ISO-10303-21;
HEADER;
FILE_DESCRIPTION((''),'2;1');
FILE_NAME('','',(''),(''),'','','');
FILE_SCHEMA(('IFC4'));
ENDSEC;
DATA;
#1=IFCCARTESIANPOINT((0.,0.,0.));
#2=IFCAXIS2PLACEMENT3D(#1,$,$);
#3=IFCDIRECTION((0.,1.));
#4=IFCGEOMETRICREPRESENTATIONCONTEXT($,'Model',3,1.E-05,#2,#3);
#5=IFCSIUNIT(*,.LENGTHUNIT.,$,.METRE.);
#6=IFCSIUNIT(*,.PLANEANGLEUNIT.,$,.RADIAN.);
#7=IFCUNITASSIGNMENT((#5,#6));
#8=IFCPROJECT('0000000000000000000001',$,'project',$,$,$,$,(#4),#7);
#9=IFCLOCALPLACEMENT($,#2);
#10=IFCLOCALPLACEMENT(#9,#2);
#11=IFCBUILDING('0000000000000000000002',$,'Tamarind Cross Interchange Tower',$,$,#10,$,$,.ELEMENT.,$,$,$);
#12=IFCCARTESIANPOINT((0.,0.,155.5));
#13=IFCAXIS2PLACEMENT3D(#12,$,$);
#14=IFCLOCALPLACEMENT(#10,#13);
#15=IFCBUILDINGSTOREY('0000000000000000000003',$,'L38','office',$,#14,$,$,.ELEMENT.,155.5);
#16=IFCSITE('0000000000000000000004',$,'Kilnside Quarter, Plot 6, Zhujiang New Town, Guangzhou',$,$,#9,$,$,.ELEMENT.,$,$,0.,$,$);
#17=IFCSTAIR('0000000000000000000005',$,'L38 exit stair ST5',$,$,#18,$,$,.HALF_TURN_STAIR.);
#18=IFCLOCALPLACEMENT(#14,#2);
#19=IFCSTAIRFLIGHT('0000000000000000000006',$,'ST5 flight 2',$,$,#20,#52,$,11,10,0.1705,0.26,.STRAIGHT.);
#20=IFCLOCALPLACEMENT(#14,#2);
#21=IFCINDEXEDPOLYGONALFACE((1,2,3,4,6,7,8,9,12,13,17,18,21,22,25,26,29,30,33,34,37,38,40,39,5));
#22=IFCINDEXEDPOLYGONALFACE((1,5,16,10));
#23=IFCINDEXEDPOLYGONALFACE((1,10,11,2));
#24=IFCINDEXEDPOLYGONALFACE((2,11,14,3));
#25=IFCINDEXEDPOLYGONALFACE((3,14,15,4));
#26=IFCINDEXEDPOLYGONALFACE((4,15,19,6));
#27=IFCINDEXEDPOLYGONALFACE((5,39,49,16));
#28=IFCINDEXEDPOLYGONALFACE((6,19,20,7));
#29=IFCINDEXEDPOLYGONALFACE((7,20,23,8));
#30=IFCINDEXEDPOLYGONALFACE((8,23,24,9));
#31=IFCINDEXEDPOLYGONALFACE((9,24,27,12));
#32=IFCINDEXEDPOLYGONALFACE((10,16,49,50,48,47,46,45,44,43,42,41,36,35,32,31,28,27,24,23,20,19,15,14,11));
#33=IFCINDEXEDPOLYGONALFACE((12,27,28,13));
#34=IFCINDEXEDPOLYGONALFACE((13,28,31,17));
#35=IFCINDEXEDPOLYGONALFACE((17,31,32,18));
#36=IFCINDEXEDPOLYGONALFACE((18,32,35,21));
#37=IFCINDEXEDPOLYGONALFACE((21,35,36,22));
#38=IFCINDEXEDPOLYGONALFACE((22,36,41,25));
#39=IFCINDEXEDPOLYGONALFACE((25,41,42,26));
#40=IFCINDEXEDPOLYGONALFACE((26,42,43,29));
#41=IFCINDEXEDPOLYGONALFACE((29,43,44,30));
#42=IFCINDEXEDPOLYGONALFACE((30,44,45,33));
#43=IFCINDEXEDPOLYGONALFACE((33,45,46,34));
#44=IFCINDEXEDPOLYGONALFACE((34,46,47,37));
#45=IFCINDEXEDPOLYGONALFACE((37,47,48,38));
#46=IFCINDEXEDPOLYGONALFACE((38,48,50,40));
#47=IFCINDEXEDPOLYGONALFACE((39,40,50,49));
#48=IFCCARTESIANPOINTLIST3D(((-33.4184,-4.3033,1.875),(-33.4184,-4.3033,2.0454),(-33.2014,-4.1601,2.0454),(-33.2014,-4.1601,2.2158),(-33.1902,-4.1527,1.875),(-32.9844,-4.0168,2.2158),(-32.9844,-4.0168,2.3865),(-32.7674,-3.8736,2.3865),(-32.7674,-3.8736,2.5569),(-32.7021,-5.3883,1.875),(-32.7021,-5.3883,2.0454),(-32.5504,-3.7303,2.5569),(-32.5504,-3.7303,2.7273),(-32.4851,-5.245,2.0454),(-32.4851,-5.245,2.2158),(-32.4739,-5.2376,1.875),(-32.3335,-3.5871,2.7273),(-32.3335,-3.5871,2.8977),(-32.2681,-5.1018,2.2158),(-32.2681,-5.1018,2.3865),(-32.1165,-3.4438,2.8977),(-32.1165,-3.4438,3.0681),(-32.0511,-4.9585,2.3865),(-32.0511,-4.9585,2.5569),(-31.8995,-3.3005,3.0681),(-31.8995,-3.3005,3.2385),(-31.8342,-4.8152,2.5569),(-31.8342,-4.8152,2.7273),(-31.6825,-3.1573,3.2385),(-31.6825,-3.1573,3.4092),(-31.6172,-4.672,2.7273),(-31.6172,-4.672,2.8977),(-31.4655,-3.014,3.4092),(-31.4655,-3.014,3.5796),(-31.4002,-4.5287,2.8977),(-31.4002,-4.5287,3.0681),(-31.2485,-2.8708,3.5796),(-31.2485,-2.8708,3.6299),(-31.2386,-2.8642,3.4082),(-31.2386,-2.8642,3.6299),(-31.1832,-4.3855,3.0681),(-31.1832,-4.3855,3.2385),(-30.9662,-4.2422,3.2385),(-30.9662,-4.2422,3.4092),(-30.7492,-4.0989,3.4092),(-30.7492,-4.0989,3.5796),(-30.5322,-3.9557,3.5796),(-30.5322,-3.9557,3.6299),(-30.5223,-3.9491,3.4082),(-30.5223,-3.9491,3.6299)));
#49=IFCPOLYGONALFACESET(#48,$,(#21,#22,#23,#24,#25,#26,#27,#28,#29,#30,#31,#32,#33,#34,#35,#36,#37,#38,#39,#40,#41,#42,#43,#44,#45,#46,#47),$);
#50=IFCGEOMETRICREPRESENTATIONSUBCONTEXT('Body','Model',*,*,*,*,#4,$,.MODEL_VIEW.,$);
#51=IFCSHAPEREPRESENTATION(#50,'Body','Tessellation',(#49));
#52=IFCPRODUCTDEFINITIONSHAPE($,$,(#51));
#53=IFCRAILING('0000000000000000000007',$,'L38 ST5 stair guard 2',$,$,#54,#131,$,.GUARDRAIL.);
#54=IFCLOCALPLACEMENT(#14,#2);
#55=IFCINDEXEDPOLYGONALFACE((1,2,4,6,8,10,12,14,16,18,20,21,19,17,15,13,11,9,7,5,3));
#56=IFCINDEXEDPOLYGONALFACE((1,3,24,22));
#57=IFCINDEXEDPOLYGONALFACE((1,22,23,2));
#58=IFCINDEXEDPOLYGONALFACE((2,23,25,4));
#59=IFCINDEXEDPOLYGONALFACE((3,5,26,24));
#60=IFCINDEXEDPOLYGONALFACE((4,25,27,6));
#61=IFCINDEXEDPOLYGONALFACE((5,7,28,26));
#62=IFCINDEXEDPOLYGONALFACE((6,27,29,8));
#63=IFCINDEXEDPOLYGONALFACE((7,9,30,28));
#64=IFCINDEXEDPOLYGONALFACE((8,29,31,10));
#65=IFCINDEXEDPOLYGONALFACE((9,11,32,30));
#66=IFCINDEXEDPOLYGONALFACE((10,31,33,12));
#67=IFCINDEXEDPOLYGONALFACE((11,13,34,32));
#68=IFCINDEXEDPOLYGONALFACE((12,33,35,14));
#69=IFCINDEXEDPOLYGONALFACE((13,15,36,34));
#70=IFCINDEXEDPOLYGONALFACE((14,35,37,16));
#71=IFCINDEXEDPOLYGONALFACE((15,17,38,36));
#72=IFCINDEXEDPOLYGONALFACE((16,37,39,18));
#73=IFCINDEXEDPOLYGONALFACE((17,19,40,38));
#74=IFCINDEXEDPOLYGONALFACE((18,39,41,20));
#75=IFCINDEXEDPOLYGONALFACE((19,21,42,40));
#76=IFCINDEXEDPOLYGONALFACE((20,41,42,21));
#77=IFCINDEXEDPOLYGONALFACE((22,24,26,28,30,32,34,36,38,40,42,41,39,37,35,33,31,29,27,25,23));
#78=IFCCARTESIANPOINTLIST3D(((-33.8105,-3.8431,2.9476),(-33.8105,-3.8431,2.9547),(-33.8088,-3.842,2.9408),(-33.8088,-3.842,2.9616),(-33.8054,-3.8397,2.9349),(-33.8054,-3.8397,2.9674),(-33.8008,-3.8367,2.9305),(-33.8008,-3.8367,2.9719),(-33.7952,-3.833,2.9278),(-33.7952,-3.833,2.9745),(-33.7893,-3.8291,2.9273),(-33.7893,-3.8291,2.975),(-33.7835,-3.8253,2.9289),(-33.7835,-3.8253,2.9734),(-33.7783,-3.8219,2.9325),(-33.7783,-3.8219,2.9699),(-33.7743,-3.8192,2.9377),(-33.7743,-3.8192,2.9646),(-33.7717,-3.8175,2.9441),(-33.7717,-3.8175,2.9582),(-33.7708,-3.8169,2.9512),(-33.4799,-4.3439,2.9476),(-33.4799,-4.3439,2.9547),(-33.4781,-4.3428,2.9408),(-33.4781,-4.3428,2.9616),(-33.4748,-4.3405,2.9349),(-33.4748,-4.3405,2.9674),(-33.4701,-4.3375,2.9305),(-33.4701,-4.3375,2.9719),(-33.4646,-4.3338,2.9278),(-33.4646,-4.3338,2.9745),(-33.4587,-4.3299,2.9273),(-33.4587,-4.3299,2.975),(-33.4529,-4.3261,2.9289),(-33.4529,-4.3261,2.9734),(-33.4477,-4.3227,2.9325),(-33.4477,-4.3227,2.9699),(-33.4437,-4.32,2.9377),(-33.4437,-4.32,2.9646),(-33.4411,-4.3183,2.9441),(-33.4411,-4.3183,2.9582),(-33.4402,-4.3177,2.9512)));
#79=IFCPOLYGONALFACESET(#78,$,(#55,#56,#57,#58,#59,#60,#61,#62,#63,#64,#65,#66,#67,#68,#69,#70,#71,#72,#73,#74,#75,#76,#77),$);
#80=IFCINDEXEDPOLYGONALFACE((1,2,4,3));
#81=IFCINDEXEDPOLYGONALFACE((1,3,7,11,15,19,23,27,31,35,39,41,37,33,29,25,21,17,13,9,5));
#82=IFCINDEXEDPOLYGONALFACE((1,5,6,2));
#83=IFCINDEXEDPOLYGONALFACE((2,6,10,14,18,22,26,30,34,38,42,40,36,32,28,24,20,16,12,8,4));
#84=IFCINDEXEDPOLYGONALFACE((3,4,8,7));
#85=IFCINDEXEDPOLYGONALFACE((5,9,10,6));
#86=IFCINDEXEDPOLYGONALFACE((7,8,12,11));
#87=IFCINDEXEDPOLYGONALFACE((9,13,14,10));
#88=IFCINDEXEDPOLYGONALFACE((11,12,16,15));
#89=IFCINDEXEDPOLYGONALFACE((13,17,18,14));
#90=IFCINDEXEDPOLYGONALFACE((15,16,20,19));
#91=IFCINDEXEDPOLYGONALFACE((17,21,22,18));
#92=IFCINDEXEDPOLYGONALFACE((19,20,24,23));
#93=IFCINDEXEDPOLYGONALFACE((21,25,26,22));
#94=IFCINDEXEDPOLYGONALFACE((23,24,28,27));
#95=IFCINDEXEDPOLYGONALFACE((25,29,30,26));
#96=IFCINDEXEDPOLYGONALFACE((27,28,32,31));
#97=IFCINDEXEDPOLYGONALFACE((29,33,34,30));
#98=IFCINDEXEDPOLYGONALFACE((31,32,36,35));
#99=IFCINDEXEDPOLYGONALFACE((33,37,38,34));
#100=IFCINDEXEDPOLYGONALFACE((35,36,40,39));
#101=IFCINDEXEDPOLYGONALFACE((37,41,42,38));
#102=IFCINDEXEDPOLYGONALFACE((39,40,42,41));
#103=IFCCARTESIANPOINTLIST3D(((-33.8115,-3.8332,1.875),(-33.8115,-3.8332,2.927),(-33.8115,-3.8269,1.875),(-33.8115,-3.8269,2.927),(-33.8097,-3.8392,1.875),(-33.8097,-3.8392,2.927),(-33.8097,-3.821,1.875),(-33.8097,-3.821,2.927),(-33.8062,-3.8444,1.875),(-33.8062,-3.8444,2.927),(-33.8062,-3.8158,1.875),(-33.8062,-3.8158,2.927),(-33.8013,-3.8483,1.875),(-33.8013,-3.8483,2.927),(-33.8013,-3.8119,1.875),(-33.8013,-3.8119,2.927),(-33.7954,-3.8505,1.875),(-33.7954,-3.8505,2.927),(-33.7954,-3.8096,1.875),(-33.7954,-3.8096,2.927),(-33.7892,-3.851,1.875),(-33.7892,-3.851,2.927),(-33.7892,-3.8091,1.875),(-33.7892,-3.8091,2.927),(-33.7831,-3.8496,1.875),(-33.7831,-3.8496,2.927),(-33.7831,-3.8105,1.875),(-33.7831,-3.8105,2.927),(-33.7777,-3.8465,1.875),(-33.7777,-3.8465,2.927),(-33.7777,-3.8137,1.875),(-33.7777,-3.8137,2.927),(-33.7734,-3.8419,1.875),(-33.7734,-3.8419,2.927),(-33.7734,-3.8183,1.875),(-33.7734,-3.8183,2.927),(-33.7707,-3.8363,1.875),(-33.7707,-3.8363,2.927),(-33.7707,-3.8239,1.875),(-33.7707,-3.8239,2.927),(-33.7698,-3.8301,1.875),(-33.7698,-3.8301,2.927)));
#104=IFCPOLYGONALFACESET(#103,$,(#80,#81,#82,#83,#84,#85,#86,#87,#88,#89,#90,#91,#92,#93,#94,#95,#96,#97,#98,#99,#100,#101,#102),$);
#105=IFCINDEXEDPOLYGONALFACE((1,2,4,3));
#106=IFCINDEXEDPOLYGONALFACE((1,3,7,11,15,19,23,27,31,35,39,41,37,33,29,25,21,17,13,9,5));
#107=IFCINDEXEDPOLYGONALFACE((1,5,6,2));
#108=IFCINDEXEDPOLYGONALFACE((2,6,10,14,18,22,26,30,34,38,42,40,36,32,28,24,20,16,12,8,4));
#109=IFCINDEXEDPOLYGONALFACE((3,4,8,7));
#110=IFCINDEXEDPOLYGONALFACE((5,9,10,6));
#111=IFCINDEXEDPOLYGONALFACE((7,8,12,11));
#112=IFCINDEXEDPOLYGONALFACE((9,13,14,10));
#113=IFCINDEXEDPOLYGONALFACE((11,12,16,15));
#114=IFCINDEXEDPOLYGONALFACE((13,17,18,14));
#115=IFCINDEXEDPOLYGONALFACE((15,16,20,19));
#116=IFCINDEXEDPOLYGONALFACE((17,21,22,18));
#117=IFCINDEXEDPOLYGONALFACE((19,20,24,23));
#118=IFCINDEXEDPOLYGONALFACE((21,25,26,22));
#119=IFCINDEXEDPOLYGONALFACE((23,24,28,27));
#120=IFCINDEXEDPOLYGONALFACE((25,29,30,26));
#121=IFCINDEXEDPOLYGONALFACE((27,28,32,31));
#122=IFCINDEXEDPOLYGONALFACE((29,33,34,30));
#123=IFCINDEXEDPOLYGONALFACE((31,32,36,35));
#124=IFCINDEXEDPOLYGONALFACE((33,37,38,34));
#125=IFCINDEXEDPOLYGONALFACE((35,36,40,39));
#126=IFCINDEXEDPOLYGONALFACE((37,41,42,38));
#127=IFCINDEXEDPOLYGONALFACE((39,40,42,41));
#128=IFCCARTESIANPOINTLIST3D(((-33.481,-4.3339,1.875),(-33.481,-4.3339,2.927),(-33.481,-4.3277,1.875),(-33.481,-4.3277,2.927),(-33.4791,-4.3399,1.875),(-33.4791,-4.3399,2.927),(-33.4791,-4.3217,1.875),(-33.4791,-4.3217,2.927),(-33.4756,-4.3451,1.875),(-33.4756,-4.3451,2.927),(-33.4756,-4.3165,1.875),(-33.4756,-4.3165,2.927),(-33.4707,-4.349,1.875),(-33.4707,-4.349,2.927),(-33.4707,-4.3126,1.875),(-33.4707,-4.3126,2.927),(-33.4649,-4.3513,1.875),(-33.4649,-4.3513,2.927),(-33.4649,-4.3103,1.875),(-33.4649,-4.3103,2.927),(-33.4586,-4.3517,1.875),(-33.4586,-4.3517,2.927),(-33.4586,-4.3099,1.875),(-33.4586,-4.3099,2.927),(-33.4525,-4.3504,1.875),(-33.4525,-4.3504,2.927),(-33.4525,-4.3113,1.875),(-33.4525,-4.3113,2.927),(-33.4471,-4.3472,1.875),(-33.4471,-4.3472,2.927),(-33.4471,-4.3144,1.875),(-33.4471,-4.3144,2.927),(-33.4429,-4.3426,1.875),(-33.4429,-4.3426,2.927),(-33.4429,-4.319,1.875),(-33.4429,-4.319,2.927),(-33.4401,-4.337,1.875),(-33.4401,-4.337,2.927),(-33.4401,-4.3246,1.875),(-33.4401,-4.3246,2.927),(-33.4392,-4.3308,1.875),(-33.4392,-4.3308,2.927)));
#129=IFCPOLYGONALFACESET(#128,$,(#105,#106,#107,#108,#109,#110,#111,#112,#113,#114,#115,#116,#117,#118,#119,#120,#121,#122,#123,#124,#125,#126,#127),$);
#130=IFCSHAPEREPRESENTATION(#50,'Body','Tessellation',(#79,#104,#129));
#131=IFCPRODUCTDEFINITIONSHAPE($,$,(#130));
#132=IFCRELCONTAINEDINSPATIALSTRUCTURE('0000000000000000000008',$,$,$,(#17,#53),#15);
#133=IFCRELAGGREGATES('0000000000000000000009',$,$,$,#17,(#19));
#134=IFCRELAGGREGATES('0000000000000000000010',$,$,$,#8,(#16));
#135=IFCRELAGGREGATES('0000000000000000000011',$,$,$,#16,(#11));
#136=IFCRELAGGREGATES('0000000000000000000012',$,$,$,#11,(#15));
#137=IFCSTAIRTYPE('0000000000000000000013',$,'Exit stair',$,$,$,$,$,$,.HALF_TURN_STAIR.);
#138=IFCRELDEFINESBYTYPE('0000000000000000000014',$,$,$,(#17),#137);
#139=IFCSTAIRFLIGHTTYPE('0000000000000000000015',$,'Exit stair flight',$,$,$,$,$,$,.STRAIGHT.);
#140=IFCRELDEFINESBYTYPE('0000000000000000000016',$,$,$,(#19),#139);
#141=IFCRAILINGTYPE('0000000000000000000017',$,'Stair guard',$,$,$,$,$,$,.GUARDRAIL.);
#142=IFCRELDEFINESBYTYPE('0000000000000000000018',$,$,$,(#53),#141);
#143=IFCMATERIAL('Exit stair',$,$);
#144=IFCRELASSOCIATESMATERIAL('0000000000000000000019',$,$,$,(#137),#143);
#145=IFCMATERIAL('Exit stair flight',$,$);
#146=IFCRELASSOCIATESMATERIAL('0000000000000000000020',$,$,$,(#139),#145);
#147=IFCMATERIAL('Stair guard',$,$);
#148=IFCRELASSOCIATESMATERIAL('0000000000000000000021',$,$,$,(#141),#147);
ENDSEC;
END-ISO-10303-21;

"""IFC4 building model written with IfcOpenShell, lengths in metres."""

from ifc_helpers import new_model, si_unit, direction, frame, origin, origin_2d, place, context, subcontext, project, spatial, polyline, circle, outline, extrude, material, type_object, element, aggregate, save


model = new_model("IFC4")

# Units and contexts
model_context = context("Model", 3, precision=1e-05, world=origin(), true_north=direction((0.0, 1.0)))
body_context = subcontext(model_context, "Body", "Model", "MODEL_VIEW")
ifc_project = project(units=[si_unit("LENGTHUNIT", "METRE"), si_unit("PLANEANGLEUNIT", "RADIAN")], contexts=[model_context])

# Site, building, storey
site_placement = place(None, origin())
site = spatial("IfcSite", under=ifc_project, at=site_placement, Name="Kilnside Quarter, Plot 6, Zhujiang New Town, Guangzhou", CompositionType="ELEMENT", RefElevation=0.0)
building_placement = place(site_placement, origin())
building = spatial("IfcBuilding", under=site, at=building_placement, Name="Tamarind Cross Interchange Tower", CompositionType="ELEMENT")
storey_placement = place(building_placement, frame((0.0, 0.0, 155.5)))
storey = spatial("IfcBuildingStorey", under=building, at=storey_placement, Name="L38", Description="office", CompositionType="ELEMENT", Elevation=155.5)

# Stair, stair flight
ifc_material_1 = material(Name="Exit stair")
stair_type = type_object("IfcStairType", Name="Exit stair", PredefinedType="HALF_TURN_STAIR", material=ifc_material_1)
stair_placement = place(storey_placement, origin())
stair = element("IfcStair", 1, at=stair_placement, inside=storey, type_object=stair_type, Name="L38 exit stair ST5", PredefinedType="HALF_TURN_STAIR")
ifc_material_2 = material(Name="Exit stair flight")
stair_flight_type = type_object("IfcStairFlightType", Name="Exit stair flight", PredefinedType="STRAIGHT", material=ifc_material_2)
stair_flight_placement = place(storey_placement, frame((-33.0603, -4.8457, 1.875), z_axis=(0.0, 0.0, 1.0), x_axis=(0.834525, 0.55097, 0.0)))
stair_flight = element("IfcStairFlight", 2, at=stair_flight_placement, type_object=stair_flight_type, Name="ST5 flight 2", NumberOfRisers=11, NumberOfTreads=10, PredefinedType="STRAIGHT", RiserHeight=0.1705, TreadLength=0.26, context=body_context, shape_type="SweptSolid", body=[
    extrude(outline(polyline([(0.0, 0.0), (0.0, 0.1704), (0.26, 0.1704), (0.26, 0.3408), (0.52, 0.3408), (0.52, 0.5115), (0.78, 0.5115), (0.78, 0.6819), (1.04, 0.6819), (1.04, 0.8523), (1.3, 0.8523), (1.3, 1.0227), (1.5601, 1.0227), (1.5601, 1.1931), (1.8201, 1.1931), (1.8201, 1.3635), (2.0801, 1.3635), (2.0801, 1.5342), (2.3401, 1.5342), (2.3401, 1.7046), (2.6001, 1.7046), (2.6001, 1.7549), (2.6121, 1.7549), (2.6121, 1.5332), (0.2734, 0.0), (0.0, 0.0)])), frame((0.0, 0.6499, 0.0), z_axis=(0.0, -1.0, 0.0), x_axis=(1.0, 0.0, 0.0)), (0.0, 0.0, 1.0), 1.3),
])
aggregate(stair, [stair_flight])

# Railing
ifc_material_3 = material(Name="Stair guard")
railing_type_1 = type_object("IfcRailingType", Name="Stair guard", PredefinedType="GUARDRAIL", material=ifc_material_3)
railing_1_placement = place(storey_placement, frame((-33.7908, -3.8301, 1.875)))
element("IfcRailing", 3, at=railing_1_placement, inside=storey, type_object=railing_type_1, Name="L38 ST5 stair guard 2", PredefinedType="GUARDRAIL", context=body_context, shape_type="SweptSolid", body=[
    extrude(circle(Radius=0.0239, at=origin_2d()), frame((0.0, 0.0, 1.0762), z_axis=(0.550939, -0.834546, 0.0), x_axis=(0.834546, 0.550939, 0.0)), (0.0, 0.0, 1.0), 0.6001),
    extrude(circle(Radius=0.021, at=origin_2d()), origin(), (0.0, 0.0, 1.0), 1.052),
    extrude(circle(Radius=0.021, at=origin_2d()), frame((0.3306, -0.5007, 0.0)), (0.0, 0.0, 1.0), 1.052),
])

save(model, "model.ifc")
